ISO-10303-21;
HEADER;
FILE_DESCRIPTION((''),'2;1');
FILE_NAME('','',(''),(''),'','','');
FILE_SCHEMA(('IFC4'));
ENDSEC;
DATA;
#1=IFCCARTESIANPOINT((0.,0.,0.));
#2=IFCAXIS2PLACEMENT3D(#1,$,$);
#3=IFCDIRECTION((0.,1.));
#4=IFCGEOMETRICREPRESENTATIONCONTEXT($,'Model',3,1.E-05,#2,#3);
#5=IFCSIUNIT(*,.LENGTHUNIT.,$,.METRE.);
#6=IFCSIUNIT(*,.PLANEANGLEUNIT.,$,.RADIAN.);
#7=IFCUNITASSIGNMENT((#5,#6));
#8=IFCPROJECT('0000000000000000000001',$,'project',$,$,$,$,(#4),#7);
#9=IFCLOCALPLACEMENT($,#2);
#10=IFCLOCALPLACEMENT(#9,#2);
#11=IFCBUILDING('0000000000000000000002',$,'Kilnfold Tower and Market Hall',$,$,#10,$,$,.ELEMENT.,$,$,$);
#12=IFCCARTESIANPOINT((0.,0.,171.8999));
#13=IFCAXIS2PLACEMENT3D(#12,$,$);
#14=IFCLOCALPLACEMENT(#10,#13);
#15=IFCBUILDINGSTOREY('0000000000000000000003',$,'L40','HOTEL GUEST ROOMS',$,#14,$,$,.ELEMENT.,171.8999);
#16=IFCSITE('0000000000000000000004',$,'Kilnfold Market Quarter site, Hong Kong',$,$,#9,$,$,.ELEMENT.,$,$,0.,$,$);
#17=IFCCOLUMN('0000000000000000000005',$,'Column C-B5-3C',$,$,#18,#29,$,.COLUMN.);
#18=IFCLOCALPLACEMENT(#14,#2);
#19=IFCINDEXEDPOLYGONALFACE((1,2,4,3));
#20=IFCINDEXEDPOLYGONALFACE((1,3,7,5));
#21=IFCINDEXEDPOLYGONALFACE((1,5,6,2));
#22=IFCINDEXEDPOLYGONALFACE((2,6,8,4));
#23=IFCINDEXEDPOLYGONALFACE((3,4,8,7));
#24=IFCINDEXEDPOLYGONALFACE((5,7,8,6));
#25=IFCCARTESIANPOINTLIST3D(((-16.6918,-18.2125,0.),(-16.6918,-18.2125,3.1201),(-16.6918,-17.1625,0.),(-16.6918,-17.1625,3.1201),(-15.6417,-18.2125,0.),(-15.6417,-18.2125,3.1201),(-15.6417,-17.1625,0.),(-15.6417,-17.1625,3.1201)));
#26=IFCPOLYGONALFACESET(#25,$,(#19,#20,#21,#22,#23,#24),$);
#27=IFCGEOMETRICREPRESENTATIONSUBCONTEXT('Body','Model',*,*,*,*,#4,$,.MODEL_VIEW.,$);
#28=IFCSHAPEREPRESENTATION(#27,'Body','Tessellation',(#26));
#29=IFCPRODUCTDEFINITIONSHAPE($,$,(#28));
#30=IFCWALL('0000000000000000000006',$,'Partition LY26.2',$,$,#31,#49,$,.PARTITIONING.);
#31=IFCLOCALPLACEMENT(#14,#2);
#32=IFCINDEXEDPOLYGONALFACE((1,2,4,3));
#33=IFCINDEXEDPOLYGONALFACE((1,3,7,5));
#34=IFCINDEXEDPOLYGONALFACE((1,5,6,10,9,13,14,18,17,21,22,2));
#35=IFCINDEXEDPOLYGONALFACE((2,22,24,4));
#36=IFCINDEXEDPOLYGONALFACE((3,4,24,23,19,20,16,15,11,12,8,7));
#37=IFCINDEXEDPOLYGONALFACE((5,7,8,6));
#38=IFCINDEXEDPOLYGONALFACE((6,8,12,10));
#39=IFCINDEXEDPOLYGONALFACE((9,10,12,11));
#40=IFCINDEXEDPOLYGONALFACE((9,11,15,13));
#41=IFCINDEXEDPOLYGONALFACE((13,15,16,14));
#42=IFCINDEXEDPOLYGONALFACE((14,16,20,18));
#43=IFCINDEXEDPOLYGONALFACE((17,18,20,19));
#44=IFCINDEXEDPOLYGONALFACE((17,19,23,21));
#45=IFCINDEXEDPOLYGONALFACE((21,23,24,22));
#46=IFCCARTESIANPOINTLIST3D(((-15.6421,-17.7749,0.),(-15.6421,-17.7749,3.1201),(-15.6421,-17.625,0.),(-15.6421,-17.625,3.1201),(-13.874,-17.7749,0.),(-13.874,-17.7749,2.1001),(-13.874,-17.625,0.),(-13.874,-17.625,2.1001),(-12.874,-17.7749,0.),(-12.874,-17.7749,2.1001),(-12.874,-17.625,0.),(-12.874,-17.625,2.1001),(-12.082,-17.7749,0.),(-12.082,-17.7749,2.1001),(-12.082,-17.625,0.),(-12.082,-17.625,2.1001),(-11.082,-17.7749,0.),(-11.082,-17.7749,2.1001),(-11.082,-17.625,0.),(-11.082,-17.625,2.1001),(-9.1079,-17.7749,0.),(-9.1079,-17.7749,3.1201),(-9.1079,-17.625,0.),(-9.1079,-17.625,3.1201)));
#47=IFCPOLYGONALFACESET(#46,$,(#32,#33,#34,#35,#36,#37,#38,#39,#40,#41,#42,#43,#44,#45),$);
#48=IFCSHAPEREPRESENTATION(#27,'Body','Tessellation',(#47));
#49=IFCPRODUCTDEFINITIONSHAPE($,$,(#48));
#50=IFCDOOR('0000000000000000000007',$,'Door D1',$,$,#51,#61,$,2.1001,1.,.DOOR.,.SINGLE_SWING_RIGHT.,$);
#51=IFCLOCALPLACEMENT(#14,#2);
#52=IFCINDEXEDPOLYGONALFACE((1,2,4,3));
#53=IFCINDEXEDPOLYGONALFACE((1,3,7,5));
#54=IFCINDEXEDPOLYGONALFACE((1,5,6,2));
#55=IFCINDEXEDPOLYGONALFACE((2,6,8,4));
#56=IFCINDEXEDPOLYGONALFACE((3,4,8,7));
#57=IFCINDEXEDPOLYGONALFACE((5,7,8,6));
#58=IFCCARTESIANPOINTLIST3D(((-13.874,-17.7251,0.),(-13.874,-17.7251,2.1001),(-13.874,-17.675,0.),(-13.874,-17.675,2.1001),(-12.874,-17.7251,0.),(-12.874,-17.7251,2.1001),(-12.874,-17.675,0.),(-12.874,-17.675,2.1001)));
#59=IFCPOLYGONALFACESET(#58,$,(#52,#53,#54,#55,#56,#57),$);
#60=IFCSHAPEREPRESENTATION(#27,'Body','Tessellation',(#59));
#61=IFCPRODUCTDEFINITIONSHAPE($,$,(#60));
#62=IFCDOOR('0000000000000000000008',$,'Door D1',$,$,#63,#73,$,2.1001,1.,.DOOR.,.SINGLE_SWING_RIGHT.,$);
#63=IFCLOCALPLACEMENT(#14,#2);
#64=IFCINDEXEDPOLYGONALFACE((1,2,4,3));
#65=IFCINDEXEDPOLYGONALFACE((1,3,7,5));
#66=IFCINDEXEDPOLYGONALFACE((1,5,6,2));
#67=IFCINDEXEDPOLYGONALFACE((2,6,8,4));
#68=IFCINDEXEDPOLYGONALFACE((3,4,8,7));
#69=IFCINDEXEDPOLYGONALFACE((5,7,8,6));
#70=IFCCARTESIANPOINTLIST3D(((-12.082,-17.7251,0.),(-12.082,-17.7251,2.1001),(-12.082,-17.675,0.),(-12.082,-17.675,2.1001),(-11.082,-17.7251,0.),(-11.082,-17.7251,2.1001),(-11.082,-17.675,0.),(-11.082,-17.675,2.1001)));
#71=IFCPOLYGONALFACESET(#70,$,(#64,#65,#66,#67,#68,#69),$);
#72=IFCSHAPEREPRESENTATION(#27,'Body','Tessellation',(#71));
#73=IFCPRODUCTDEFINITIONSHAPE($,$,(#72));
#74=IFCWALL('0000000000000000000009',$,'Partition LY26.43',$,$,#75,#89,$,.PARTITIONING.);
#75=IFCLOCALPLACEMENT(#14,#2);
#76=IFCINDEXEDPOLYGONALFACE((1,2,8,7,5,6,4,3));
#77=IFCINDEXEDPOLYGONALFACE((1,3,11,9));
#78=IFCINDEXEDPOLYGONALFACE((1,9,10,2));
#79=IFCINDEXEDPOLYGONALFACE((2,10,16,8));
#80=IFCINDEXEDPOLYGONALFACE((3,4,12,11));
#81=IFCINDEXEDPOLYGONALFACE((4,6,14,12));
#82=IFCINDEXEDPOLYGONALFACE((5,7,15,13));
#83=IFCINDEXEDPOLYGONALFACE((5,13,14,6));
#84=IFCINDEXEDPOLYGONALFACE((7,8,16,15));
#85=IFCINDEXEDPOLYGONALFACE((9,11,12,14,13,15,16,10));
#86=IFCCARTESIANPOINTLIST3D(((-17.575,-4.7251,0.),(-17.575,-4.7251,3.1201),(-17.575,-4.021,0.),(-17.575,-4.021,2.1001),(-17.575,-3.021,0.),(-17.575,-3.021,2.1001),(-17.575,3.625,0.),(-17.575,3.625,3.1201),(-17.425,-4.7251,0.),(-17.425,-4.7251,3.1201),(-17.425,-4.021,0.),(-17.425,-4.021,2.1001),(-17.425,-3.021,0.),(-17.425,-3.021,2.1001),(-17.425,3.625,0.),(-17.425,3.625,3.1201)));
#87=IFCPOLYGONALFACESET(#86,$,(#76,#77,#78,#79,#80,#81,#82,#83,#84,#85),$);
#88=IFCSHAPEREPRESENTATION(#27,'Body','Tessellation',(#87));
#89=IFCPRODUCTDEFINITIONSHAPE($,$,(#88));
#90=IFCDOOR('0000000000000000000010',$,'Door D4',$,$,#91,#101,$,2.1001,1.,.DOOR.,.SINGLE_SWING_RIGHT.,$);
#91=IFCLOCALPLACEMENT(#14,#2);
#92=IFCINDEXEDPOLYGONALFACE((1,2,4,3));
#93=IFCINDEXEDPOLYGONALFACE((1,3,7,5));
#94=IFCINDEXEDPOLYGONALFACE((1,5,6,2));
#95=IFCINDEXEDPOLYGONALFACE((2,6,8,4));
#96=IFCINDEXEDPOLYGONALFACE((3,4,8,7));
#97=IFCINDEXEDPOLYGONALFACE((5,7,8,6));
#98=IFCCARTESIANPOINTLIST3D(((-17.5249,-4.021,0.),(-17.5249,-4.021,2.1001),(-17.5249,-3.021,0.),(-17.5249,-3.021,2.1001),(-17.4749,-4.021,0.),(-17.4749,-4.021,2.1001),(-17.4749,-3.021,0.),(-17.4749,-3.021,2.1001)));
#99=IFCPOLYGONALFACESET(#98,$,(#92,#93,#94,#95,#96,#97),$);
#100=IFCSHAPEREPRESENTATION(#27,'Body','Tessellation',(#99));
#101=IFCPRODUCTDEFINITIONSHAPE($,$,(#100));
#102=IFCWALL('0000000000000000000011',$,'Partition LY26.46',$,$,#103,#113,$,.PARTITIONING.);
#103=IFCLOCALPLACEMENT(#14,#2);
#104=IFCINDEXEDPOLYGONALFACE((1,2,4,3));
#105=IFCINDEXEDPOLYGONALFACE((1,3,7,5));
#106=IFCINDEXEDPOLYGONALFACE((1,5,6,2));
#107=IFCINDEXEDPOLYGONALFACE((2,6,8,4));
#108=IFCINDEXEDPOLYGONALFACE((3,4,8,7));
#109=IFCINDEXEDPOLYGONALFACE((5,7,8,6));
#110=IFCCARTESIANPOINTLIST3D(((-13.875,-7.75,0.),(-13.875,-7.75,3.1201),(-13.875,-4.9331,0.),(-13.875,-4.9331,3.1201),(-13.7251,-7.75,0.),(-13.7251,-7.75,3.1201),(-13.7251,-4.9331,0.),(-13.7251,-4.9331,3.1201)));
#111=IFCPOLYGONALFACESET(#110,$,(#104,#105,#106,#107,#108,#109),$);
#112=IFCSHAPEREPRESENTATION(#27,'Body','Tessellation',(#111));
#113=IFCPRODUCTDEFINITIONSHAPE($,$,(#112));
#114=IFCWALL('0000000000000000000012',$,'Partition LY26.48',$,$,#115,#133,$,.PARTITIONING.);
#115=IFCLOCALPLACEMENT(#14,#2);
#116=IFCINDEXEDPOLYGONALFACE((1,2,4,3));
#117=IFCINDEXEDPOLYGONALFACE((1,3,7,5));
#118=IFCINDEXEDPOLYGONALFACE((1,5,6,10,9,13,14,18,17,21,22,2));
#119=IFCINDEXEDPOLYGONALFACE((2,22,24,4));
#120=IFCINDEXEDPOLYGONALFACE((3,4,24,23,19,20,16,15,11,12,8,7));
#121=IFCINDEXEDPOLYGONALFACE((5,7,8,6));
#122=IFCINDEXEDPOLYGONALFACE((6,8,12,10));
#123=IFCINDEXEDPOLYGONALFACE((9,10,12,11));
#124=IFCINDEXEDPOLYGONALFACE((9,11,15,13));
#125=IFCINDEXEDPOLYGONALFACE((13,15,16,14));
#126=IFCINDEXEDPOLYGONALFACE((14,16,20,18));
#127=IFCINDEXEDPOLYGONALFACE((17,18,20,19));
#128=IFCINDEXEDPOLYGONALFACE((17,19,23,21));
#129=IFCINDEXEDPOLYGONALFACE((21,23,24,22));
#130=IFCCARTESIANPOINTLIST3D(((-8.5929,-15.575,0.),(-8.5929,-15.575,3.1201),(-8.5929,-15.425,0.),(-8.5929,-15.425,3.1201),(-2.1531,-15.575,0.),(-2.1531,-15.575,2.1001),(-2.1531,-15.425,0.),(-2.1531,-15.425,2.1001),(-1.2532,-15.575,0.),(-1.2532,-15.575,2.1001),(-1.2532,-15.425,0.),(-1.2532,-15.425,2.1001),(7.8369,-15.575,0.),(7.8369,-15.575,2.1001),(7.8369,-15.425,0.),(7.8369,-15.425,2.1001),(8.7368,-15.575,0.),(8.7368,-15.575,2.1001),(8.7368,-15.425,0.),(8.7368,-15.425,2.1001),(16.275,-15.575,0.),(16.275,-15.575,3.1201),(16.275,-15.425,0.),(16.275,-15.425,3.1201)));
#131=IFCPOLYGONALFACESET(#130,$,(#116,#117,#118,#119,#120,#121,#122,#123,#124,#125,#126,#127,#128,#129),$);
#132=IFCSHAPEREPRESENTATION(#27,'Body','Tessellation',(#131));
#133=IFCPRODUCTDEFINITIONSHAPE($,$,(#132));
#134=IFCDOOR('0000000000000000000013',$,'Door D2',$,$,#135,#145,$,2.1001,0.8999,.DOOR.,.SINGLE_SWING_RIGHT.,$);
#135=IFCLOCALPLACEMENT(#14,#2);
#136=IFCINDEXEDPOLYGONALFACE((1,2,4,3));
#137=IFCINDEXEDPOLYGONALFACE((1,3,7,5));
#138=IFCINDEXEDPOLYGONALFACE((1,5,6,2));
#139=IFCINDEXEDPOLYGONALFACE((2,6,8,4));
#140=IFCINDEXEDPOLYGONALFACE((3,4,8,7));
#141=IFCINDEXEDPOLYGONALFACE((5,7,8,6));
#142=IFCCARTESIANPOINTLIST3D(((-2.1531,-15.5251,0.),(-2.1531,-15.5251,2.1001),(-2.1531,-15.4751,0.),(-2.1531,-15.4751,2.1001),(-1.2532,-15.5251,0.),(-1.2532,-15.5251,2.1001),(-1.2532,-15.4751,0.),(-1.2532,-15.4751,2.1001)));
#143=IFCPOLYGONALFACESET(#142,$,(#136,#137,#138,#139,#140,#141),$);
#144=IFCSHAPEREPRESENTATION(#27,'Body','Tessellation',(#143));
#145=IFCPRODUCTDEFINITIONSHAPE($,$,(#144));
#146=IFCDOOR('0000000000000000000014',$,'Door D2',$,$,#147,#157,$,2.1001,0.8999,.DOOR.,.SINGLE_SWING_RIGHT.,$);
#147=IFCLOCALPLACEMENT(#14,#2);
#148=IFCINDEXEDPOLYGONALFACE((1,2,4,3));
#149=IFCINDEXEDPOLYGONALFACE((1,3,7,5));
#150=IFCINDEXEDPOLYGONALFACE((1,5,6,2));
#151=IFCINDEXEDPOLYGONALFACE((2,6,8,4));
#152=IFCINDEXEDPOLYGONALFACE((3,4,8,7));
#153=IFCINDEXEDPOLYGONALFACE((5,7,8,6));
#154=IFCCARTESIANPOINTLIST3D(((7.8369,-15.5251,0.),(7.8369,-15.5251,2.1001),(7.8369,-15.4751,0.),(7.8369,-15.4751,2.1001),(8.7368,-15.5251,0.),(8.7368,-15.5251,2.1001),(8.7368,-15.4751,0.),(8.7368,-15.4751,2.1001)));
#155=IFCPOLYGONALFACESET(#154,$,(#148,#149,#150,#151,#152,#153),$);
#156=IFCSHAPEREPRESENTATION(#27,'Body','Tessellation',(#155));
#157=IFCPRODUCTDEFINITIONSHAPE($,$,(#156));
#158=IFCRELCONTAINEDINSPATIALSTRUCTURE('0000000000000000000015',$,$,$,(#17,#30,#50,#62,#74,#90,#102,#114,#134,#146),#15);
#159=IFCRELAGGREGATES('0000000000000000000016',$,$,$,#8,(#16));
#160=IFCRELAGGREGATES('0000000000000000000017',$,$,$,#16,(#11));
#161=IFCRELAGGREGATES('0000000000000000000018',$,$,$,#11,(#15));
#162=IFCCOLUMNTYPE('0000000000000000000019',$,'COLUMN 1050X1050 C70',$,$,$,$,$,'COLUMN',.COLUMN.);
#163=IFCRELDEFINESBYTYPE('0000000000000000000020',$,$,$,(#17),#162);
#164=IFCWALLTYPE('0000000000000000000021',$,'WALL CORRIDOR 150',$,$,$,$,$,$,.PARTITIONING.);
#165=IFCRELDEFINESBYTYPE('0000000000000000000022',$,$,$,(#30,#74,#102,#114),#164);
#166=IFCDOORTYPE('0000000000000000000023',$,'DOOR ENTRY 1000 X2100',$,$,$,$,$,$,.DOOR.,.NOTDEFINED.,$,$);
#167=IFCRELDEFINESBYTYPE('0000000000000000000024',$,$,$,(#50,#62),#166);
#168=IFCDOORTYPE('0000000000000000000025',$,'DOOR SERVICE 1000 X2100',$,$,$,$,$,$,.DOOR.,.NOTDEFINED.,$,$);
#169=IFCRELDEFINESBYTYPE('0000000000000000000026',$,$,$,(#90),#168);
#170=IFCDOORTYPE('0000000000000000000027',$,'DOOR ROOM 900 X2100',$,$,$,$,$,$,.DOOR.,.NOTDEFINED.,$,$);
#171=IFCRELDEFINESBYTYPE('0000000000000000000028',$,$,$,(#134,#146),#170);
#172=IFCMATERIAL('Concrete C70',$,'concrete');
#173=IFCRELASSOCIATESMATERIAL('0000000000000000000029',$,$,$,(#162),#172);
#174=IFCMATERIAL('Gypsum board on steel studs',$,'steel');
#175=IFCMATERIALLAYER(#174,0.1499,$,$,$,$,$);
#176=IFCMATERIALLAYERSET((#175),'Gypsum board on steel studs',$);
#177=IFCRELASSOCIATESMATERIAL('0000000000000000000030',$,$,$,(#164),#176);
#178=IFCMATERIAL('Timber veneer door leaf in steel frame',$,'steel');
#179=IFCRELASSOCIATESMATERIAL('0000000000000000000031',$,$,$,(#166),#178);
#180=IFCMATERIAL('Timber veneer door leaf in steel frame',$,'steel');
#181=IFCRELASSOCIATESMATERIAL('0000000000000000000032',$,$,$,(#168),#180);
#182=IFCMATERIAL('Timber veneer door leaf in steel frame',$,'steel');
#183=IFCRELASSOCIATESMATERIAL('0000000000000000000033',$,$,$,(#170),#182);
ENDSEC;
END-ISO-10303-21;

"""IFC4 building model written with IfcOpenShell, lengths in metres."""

from ifc_helpers import new_model, si_unit, direction, frame, frame_2d, origin, origin_2d, place, context, subcontext, project, spatial, rectangle, extrude, source, transform, mapped, material, layer, layer_set, material_profile, profile_set, type_object, element, fill, save


model = new_model("IFC4")

# Units and contexts
model_context = context("Model", 3, precision=1e-05, world=origin(), true_north=direction((0.0, 1.0)))
body_context = subcontext(model_context, "Body", "Model", "MODEL_VIEW")
ifc_project = project(units=[si_unit("LENGTHUNIT", "METRE"), si_unit("PLANEANGLEUNIT", "RADIAN")], contexts=[model_context])

# Site, building, storey
site_placement = place(None, origin())
site = spatial("IfcSite", under=ifc_project, at=site_placement, Name="Kilnfold Market Quarter site, Hong Kong", CompositionType="ELEMENT", RefElevation=0.0)
building_placement = place(site_placement, origin())
building = spatial("IfcBuilding", under=site, at=building_placement, Name="Kilnfold Tower and Market Hall", CompositionType="ELEMENT")
storey_placement = place(building_placement, frame((0.0, 0.0, 171.8999)))
storey = spatial("IfcBuildingStorey", under=building, at=storey_placement, Name="L40", Description="HOTEL GUEST ROOMS", CompositionType="ELEMENT", Elevation=171.8999)

# Column
ifc_material_1 = material(Name="Concrete C70", Category="concrete")
ifc_material_profile = material_profile(ifc_material_1, rectangle(XDim=1.05, YDim=1.05, at=origin_2d()), Name="RC 1050x1050")
ifc_profile_set = profile_set([ifc_material_profile], Name="Concrete C70")
column_type = type_object("IfcColumnType", Name="COLUMN 1050X1050 C70", ElementType="COLUMN", PredefinedType="COLUMN", material=ifc_profile_set)
shared_shape_1 = source(origin(), body_context, "Body", "SweptSolid", [
    extrude(rectangle(XDim=1.05, YDim=1.05, at=origin_2d()), origin(), (0.0, 0.0, 1.0), 3.1201),
])
column_placement = place(storey_placement, frame((-16.1667, -17.6875, 0.0), z_axis=(0.0, 0.0, 1.0), x_axis=(1.0, 0.0, 0.0)))
element("IfcColumn", 1, at=column_placement, inside=storey, type_object=column_type, Name="Column C-B5-3C", PredefinedType="COLUMN", context=body_context, shape_type="MappedRepresentation", body=[
    mapped(shared_shape_1, transform((0.0, 0.0, 0.0))),
])

# Wall, openings, doors
ifc_material_2 = material(Name="Gypsum board on steel studs", Category="steel")
ifc_layer_1 = layer(ifc_material_2, 0.1499)
ifc_layer_set_1 = layer_set([ifc_layer_1], Name="Gypsum board on steel studs")
wall_type_1 = type_object("IfcWallType", Name="WALL CORRIDOR 150", PredefinedType="PARTITIONING", material=ifc_layer_set_1)
wall_1_placement = place(storey_placement, frame((-15.6421, -17.7, 0.0), z_axis=(0.0, 0.0, 1.0), x_axis=(1.0, 0.0, 0.0)))
wall_1 = element("IfcWall", 2, at=wall_1_placement, inside=storey, type_object=wall_type_1, Name="Partition LY26.2", PredefinedType="PARTITIONING", context=body_context, shape_type="SweptSolid", body=[
    extrude(rectangle(XDim=6.5342, YDim=0.1499, at=frame_2d((3.2671, 0.0))), origin(), (0.0, 0.0, 1.0), 3.1201),
])
opening_1_placement = place(wall_1_placement, frame((1.7681, 0.0, 0.0)))
opening_1 = element("IfcOpeningElement", 3, at=opening_1_placement, cuts=wall_1, PredefinedType="OPENING", context=body_context, shape_type="SweptSolid", body=[
    extrude(rectangle(XDim=1.0, YDim=2.1001, at=frame_2d((0.5, 1.05))), frame((0.0, 0.085, 0.0), z_axis=(0.0, -1.0, 0.0), x_axis=(1.0, 0.0, 0.0)), (0.0, 0.0, 1.0), 0.1699),
])
opening_2_placement = place(wall_1_placement, frame((3.5601, 0.0, 0.0)))
opening_2 = element("IfcOpeningElement", 4, at=opening_2_placement, cuts=wall_1, PredefinedType="OPENING", context=body_context, shape_type="SweptSolid", body=[
    extrude(rectangle(XDim=1.0, YDim=2.1001, at=frame_2d((0.5, 1.05))), frame((0.0, 0.085, 0.0), z_axis=(0.0, -1.0, 0.0), x_axis=(1.0, 0.0, 0.0)), (0.0, 0.0, 1.0), 0.1699),
])
ifc_material_3 = material(Name="Timber veneer door leaf in steel frame", Category="steel")
door_type_1 = type_object("IfcDoorType", Name="DOOR ENTRY 1000 X2100", OperationType="NOTDEFINED", PredefinedType="DOOR", material=ifc_material_3)
door_1_placement = place(opening_1_placement, origin())
door_1 = element("IfcDoor", 5, at=door_1_placement, inside=storey, type_object=door_type_1, Name="Door D1", OperationType="SINGLE_SWING_RIGHT", OverallHeight=2.1001, OverallWidth=1.0, PredefinedType="DOOR", context=body_context, shape_type="SweptSolid", body=[
    extrude(rectangle(XDim=1.0, YDim=2.1001, at=frame_2d((0.5, 1.05))), frame((0.0, 0.0249, 0.0), z_axis=(0.0, -1.0, 0.0), x_axis=(1.0, 0.0, 0.0)), (0.0, 0.0, 1.0), 0.05),
])
fill(opening_1, door_1)
door_2_placement = place(opening_2_placement, origin())
door_2 = element("IfcDoor", 6, at=door_2_placement, inside=storey, type_object=door_type_1, Name="Door D1", OperationType="SINGLE_SWING_RIGHT", OverallHeight=2.1001, OverallWidth=1.0, PredefinedType="DOOR", context=body_context, shape_type="SweptSolid", body=[
    extrude(rectangle(XDim=1.0, YDim=2.1001, at=frame_2d((0.5, 1.05))), frame((0.0, 0.0249, 0.0), z_axis=(0.0, -1.0, 0.0), x_axis=(1.0, 0.0, 0.0)), (0.0, 0.0, 1.0), 0.05),
])
fill(opening_2, door_2)

# Wall, opening, door
wall_2_placement = place(storey_placement, frame((-17.5, -4.7251, 0.0), z_axis=(0.0, 0.0, 1.0), x_axis=(0.0, 1.0, 0.0)))
wall_2 = element("IfcWall", 7, at=wall_2_placement, inside=storey, type_object=wall_type_1, Name="Partition LY26.43", PredefinedType="PARTITIONING", context=body_context, shape_type="SweptSolid", body=[
    extrude(rectangle(XDim=8.3501, YDim=0.1499, at=frame_2d((4.175, 0.0))), origin(), (0.0, 0.0, 1.0), 3.1201),
])
opening_3_placement = place(wall_2_placement, frame((0.7041, 0.0, 0.0)))
opening_3 = element("IfcOpeningElement", 8, at=opening_3_placement, cuts=wall_2, PredefinedType="OPENING", context=body_context, shape_type="SweptSolid", body=[
    extrude(rectangle(XDim=1.0, YDim=2.1001, at=frame_2d((0.5, 1.05))), frame((0.0, 0.085, 0.0), z_axis=(0.0, -1.0, 0.0), x_axis=(1.0, 0.0, 0.0)), (0.0, 0.0, 1.0), 0.1699),
])
ifc_material_4 = material(Name="Timber veneer door leaf in steel frame", Category="steel")
door_type_2 = type_object("IfcDoorType", Name="DOOR SERVICE 1000 X2100", OperationType="NOTDEFINED", PredefinedType="DOOR", material=ifc_material_4)
door_3_placement = place(opening_3_placement, origin())
door_3 = element("IfcDoor", 9, at=door_3_placement, inside=storey, type_object=door_type_2, Name="Door D4", OperationType="SINGLE_SWING_RIGHT", OverallHeight=2.1001, OverallWidth=1.0, PredefinedType="DOOR", context=body_context, shape_type="SweptSolid", body=[
    extrude(rectangle(XDim=1.0, YDim=2.1001, at=frame_2d((0.5, 1.05))), frame((0.0, 0.0249, 0.0), z_axis=(0.0, -1.0, 0.0), x_axis=(1.0, 0.0, 0.0)), (0.0, 0.0, 1.0), 0.05),
])
fill(opening_3, door_3)

# Wall
wall_3_placement = place(storey_placement, frame((-13.8, -7.75, 0.0), z_axis=(0.0, 0.0, 1.0), x_axis=(0.0, 1.0, 0.0)))
element("IfcWall", 10, at=wall_3_placement, inside=storey, type_object=wall_type_1, Name="Partition LY26.46", PredefinedType="PARTITIONING", context=body_context, shape_type="SweptSolid", body=[
    extrude(rectangle(XDim=2.8169, YDim=0.1499, at=frame_2d((1.4084, 0.0))), origin(), (0.0, 0.0, 1.0), 3.1201),
])

# Wall, openings, doors
wall_4_placement = place(storey_placement, frame((-8.593, -15.5, 0.0), z_axis=(0.0, 0.0, 1.0), x_axis=(1.0, 0.0, 0.0)))
wall_4 = element("IfcWall", 11, at=wall_4_placement, inside=storey, type_object=wall_type_1, Name="Partition LY26.48", PredefinedType="PARTITIONING", context=body_context, shape_type="SweptSolid", body=[
    extrude(rectangle(XDim=24.8679, YDim=0.1499, at=frame_2d((12.4341, 0.0))), origin(), (0.0, 0.0, 1.0), 3.1201),
])
opening_4_placement = place(wall_4_placement, frame((6.4399, 0.0, 0.0)))
opening_4 = element("IfcOpeningElement", 12, at=opening_4_placement, cuts=wall_4, PredefinedType="OPENING", context=body_context, shape_type="SweptSolid", body=[
    extrude(rectangle(XDim=0.8999, YDim=2.1001, at=frame_2d((0.45, 1.05))), frame((0.0, 0.085, 0.0), z_axis=(0.0, -1.0, 0.0), x_axis=(1.0, 0.0, 0.0)), (0.0, 0.0, 1.0), 0.1699),
])
opening_5_placement = place(wall_4_placement, frame((16.4299, 0.0, 0.0)))
opening_5 = element("IfcOpeningElement", 13, at=opening_5_placement, cuts=wall_4, PredefinedType="OPENING", context=body_context, shape_type="SweptSolid", body=[
    extrude(rectangle(XDim=0.8999, YDim=2.1001, at=frame_2d((0.45, 1.05))), frame((0.0, 0.085, 0.0), z_axis=(0.0, -1.0, 0.0), x_axis=(1.0, 0.0, 0.0)), (0.0, 0.0, 1.0), 0.1699),
])
ifc_material_5 = material(Name="Timber veneer door leaf in steel frame", Category="steel")
door_type_3 = type_object("IfcDoorType", Name="DOOR ROOM 900 X2100", OperationType="NOTDEFINED", PredefinedType="DOOR", material=ifc_material_5)
door_4_placement = place(opening_4_placement, origin())
door_4 = element("IfcDoor", 14, at=door_4_placement, inside=storey, type_object=door_type_3, Name="Door D2", OperationType="SINGLE_SWING_RIGHT", OverallHeight=2.1001, OverallWidth=0.8999, PredefinedType="DOOR", context=body_context, shape_type="SweptSolid", body=[
    extrude(rectangle(XDim=0.8999, YDim=2.1001, at=frame_2d((0.45, 1.05))), frame((0.0, 0.0249, 0.0), z_axis=(0.0, -1.0, 0.0), x_axis=(1.0, 0.0, 0.0)), (0.0, 0.0, 1.0), 0.05),
])
fill(opening_4, door_4)
door_5_placement = place(opening_5_placement, origin())
door_5 = element("IfcDoor", 15, at=door_5_placement, inside=storey, type_object=door_type_3, Name="Door D2", OperationType="SINGLE_SWING_RIGHT", OverallHeight=2.1001, OverallWidth=0.8999, PredefinedType="DOOR", context=body_context, shape_type="SweptSolid", body=[
    extrude(rectangle(XDim=0.8999, YDim=2.1001, at=frame_2d((0.45, 1.05))), frame((0.0, 0.0249, 0.0), z_axis=(0.0, -1.0, 0.0), x_axis=(1.0, 0.0, 0.0)), (0.0, 0.0, 1.0), 0.05),
])
fill(opening_5, door_5)

save(model, "model.ifc")
